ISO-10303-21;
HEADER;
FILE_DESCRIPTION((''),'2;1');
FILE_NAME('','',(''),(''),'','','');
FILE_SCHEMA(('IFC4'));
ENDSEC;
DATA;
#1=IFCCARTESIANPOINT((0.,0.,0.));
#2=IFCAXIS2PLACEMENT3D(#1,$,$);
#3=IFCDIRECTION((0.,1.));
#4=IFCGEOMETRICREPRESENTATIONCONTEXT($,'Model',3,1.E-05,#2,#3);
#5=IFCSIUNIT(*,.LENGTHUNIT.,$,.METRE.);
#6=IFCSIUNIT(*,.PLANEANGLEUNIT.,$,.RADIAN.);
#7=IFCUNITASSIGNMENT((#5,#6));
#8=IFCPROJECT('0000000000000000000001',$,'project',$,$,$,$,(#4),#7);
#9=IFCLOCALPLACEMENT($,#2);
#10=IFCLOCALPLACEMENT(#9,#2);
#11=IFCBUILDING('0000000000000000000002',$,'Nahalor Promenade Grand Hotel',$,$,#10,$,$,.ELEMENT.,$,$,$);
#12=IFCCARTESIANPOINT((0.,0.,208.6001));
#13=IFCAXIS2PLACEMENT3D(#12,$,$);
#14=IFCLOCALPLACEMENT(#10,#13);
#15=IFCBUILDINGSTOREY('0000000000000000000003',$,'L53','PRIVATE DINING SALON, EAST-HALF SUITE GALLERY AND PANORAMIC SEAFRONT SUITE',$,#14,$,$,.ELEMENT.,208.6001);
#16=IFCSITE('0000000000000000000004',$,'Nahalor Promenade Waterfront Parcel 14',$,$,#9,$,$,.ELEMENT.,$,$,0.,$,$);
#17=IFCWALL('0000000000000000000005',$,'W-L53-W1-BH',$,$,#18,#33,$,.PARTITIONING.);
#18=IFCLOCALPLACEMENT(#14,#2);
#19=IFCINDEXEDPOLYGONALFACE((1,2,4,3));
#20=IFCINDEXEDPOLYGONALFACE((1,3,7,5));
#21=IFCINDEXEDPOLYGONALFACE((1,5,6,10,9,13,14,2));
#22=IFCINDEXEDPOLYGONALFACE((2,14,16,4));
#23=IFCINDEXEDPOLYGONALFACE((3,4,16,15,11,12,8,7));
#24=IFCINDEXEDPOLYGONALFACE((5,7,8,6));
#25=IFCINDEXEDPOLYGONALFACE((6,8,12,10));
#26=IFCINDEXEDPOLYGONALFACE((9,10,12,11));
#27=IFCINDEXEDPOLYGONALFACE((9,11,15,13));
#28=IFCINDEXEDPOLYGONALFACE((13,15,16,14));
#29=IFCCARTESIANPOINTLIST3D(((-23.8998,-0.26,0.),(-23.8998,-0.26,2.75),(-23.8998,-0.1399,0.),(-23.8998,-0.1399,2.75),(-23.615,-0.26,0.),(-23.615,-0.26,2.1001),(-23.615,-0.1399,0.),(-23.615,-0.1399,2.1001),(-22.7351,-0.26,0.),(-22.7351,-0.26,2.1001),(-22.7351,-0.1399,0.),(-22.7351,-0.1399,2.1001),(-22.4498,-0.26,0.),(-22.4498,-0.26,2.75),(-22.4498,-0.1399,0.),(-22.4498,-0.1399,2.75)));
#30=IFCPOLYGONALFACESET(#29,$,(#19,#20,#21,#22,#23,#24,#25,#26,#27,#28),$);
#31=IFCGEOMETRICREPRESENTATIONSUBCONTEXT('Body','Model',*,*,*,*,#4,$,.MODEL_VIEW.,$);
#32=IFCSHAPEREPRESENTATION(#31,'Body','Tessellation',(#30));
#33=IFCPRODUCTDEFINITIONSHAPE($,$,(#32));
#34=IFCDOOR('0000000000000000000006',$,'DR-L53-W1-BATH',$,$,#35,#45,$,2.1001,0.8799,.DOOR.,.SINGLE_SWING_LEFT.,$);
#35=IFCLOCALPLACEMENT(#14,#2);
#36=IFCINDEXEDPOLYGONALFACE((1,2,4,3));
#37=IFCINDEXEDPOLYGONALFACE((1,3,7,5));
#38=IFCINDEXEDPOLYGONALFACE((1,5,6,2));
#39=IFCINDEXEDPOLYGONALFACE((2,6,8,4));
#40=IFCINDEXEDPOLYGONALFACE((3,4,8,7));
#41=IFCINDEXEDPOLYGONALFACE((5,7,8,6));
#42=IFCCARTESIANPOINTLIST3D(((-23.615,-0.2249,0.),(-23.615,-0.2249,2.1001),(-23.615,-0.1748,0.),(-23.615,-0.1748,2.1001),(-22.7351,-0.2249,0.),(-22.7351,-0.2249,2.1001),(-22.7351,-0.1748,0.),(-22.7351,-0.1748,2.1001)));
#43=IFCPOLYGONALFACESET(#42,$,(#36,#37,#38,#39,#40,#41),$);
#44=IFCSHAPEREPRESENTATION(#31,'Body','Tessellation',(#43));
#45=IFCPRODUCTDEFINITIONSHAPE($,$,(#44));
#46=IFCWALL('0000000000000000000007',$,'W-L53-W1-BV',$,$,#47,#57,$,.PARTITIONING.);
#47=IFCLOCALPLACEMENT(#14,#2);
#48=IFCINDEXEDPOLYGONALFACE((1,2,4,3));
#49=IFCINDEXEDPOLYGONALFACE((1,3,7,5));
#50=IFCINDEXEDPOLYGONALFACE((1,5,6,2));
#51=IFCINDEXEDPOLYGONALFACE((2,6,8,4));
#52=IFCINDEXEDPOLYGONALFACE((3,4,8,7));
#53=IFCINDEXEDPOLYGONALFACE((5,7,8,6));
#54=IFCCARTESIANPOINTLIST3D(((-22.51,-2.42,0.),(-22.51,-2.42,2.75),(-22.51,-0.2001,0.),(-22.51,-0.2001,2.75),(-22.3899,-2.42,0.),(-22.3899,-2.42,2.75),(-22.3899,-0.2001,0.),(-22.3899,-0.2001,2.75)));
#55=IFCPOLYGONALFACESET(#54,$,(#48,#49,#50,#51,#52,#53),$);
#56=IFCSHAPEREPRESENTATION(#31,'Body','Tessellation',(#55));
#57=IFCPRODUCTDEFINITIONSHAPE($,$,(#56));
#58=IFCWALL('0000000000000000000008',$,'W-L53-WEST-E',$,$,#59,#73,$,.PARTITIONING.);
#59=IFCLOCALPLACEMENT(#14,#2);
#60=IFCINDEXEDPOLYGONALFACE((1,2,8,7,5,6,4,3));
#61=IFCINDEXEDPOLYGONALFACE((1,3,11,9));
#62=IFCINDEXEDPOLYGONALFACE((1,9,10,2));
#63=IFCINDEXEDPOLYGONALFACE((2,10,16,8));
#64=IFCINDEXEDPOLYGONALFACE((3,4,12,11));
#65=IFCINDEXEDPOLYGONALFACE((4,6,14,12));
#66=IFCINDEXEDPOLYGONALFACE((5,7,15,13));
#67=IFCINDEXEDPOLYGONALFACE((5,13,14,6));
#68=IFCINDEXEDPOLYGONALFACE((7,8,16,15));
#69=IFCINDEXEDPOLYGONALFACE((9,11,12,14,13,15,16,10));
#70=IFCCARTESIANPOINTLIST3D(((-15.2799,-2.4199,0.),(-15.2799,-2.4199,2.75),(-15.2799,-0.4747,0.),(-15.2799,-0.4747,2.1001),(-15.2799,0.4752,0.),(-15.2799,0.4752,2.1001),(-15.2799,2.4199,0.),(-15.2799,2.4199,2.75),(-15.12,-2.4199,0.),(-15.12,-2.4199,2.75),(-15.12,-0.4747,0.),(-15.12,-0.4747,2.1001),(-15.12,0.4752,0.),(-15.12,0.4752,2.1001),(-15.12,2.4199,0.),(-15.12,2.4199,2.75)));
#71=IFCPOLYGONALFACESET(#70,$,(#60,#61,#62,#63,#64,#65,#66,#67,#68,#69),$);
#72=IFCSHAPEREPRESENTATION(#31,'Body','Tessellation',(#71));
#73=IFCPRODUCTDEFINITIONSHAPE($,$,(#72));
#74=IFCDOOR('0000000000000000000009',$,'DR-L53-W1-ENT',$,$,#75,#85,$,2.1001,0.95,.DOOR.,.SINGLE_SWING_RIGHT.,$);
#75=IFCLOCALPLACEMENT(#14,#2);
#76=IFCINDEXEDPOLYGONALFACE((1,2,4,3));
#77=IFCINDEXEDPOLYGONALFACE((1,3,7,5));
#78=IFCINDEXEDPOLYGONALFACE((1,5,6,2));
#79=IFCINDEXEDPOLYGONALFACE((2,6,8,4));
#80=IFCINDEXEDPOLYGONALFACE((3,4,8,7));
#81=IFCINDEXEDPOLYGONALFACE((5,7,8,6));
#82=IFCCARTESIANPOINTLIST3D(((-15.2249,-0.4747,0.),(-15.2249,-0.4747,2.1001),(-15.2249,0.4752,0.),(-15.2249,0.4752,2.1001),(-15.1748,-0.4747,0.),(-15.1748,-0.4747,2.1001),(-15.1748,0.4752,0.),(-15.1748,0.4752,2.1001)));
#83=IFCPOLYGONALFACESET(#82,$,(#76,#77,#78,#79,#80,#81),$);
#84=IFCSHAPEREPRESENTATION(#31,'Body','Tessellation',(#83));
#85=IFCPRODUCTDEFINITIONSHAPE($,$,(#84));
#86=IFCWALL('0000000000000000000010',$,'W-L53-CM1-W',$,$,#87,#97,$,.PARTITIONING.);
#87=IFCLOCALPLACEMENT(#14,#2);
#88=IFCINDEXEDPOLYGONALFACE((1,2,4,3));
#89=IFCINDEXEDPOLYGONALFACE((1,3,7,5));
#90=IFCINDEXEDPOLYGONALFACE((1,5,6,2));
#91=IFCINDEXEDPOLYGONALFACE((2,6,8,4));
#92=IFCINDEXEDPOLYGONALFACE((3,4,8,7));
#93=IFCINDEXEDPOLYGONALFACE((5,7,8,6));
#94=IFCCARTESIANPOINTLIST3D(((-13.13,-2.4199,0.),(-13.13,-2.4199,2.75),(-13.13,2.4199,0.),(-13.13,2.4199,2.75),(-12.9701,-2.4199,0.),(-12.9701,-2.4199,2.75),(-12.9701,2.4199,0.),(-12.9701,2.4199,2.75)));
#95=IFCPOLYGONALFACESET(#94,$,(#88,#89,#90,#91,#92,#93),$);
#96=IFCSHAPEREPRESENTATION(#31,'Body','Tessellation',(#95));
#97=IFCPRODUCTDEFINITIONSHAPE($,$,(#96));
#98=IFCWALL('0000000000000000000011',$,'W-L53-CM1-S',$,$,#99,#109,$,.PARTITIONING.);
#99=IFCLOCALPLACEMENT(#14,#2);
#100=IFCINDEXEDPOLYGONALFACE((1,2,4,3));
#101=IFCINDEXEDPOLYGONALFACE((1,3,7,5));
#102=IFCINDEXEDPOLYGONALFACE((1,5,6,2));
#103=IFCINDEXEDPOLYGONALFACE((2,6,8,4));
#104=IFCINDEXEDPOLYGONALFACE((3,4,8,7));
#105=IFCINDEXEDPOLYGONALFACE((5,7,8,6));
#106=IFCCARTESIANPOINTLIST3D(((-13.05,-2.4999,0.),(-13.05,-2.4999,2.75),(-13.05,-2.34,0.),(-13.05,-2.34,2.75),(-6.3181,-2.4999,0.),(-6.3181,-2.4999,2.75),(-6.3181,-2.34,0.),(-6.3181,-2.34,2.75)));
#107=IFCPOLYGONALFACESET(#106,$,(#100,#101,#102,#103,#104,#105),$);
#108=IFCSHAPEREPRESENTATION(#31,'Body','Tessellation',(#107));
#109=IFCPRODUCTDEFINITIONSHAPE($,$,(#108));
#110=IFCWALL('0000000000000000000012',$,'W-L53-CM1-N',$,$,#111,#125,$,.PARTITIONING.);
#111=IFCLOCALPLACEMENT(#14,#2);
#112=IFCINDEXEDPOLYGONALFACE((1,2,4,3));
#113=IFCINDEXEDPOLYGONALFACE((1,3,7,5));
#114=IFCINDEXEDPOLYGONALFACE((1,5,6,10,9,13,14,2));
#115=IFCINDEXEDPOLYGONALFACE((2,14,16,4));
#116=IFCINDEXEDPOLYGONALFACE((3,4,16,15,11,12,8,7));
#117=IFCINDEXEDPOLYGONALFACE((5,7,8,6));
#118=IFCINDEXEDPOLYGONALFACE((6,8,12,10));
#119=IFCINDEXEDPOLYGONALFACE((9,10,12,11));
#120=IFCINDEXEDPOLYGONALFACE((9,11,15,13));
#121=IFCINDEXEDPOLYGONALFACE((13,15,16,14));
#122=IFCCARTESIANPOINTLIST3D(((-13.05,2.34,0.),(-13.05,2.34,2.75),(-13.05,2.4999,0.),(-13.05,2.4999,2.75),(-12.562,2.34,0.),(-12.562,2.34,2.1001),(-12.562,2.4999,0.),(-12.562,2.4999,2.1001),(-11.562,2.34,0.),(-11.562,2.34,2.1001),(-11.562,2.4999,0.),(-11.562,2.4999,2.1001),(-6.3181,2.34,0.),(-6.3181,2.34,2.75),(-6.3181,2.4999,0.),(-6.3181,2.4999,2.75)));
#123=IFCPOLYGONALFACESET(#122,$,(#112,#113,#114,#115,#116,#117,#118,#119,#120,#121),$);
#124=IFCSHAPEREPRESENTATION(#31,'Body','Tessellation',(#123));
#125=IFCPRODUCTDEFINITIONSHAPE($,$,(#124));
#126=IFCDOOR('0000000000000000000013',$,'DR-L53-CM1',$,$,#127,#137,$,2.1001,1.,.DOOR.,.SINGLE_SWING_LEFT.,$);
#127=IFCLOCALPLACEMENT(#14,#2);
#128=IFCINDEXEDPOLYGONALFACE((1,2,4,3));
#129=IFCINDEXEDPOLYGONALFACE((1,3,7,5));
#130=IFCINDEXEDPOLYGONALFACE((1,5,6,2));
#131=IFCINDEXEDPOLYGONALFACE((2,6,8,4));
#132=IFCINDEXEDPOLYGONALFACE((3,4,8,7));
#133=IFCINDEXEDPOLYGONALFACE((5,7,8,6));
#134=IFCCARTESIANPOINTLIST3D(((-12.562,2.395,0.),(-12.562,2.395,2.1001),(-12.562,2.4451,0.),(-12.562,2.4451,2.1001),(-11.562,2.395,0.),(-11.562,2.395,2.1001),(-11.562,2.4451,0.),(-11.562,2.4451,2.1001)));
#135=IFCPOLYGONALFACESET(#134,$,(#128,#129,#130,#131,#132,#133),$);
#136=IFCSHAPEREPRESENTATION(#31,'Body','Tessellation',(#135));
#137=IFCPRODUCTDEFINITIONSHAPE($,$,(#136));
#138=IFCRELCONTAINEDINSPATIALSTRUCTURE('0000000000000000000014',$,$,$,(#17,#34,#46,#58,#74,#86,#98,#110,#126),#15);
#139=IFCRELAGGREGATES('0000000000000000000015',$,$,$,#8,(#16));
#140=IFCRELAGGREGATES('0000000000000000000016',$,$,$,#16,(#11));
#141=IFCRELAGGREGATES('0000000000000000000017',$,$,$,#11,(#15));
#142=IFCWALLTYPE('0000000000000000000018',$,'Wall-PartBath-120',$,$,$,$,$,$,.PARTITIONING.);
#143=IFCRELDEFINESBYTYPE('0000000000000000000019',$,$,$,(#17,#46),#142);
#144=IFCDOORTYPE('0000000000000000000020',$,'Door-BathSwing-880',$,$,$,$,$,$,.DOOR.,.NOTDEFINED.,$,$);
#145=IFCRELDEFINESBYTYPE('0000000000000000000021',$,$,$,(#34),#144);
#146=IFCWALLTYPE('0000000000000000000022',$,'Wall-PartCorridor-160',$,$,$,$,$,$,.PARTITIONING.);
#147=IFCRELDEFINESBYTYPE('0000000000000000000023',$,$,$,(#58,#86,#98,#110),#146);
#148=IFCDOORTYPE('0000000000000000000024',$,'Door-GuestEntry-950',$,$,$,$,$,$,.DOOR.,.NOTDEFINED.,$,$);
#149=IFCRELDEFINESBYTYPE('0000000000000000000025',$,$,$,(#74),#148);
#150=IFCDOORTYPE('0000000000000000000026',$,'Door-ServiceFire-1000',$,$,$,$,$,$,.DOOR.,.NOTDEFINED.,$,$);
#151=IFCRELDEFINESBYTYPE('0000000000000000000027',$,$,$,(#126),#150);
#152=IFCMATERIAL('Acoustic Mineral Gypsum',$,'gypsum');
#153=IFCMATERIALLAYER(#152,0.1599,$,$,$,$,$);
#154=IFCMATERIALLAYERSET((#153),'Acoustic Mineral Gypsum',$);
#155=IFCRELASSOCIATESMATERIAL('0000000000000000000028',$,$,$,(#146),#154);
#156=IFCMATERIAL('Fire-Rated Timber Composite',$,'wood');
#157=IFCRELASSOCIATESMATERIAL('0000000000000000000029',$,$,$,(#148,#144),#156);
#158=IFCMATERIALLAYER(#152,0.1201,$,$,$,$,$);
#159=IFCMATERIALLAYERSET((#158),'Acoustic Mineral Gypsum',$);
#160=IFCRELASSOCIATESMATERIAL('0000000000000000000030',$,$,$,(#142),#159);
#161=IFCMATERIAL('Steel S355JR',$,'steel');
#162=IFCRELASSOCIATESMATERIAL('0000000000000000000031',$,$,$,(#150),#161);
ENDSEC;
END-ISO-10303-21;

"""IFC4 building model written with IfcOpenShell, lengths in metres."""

from ifc_helpers import new_model, si_unit, direction, frame, frame_2d, origin, place, context, subcontext, project, spatial, rectangle, extrude, source, transform, mapped, material, layer, layer_set, type_object, element, fill, save


model = new_model("IFC4")

# Units and contexts
model_context = context("Model", 3, precision=1e-05, world=origin(), true_north=direction((0.0, 1.0)))
body_context = subcontext(model_context, "Body", "Model", "MODEL_VIEW")
ifc_project = project(units=[si_unit("LENGTHUNIT", "METRE"), si_unit("PLANEANGLEUNIT", "RADIAN")], contexts=[model_context])

# Site, building, storey
site_placement = place(None, origin())
site = spatial("IfcSite", under=ifc_project, at=site_placement, Name="Nahalor Promenade Waterfront Parcel 14", CompositionType="ELEMENT", RefElevation=0.0)
building_placement = place(site_placement, origin())
building = spatial("IfcBuilding", under=site, at=building_placement, Name="Nahalor Promenade Grand Hotel", CompositionType="ELEMENT")
storey_placement = place(building_placement, frame((0.0, 0.0, 208.6001)))
storey = spatial("IfcBuildingStorey", under=building, at=storey_placement, Name="L53", Description="PRIVATE DINING SALON, EAST-HALF SUITE GALLERY AND PANORAMIC SEAFRONT SUITE", CompositionType="ELEMENT", Elevation=208.6001)

# Shared definitions
ifc_material_1 = material(Name="Steel S355JR", Category="steel")

# Shared definitions
ifc_material_2 = material(Name="Acoustic Mineral Gypsum", Category="gypsum")
ifc_layer_1 = layer(ifc_material_2, 0.1599)
ifc_layer_set_1 = layer_set([ifc_layer_1], Name="Acoustic Mineral Gypsum")
wall_type_1 = type_object("IfcWallType", Name="Wall-PartCorridor-160", PredefinedType="PARTITIONING", material=ifc_layer_set_1)
ifc_material_3 = material(Name="Fire-Rated Timber Composite", Category="wood")
door_type_1 = type_object("IfcDoorType", Name="Door-GuestEntry-950", OperationType="NOTDEFINED", PredefinedType="DOOR", material=ifc_material_3)
shared_shape_1 = source(origin(), body_context, "Body", "SweptSolid", [
    extrude(rectangle(XDim=0.95, YDim=2.1001, at=frame_2d((0.4751, 1.05))), frame((0.0, 0.0249, 0.0), z_axis=(0.0, -1.0, 0.0), x_axis=(1.0, 0.0, 0.0)), (0.0, 0.0, 1.0), 0.05),
])

# Wall, opening, door
ifc_layer_2 = layer(ifc_material_2, 0.1201)
ifc_layer_set_2 = layer_set([ifc_layer_2], Name="Acoustic Mineral Gypsum")
wall_type_2 = type_object("IfcWallType", Name="Wall-PartBath-120", PredefinedType="PARTITIONING", material=ifc_layer_set_2)
shared_shape_2 = source(origin(), body_context, "Body", "SweptSolid", [
    extrude(rectangle(XDim=1.45, YDim=0.1201, at=frame_2d((0.7251, 0.0))), origin(), (0.0, 0.0, 1.0), 2.75),
])
wall_1_placement = place(storey_placement, frame((-23.8999, -0.2, 0.0), z_axis=(0.0, 0.0, 1.0), x_axis=(1.0, 0.0, 0.0)))
wall_1 = element("IfcWall", 1, at=wall_1_placement, inside=storey, type_object=wall_type_2, Name="W-L53-W1-BH", PredefinedType="PARTITIONING", context=body_context, shape_type="MappedRepresentation", body=[
    mapped(shared_shape_2, transform((0.0, 0.0, 0.0), scale=1.0)),
])
opening_1_placement = place(wall_1_placement, frame((0.2849, 0.0, 0.0)))
opening_1 = element("IfcOpeningElement", 2, at=opening_1_placement, cuts=wall_1, PredefinedType="OPENING", context=body_context, shape_type="SweptSolid", body=[
    extrude(rectangle(XDim=0.8799, YDim=2.1001, at=frame_2d((0.4399, 1.05))), frame((0.0, 0.0701, 0.0), z_axis=(0.0, -1.0, 0.0), x_axis=(1.0, 0.0, 0.0)), (0.0, 0.0, 1.0), 0.1401),
])
door_type_2 = type_object("IfcDoorType", Name="Door-BathSwing-880", OperationType="NOTDEFINED", PredefinedType="DOOR", material=ifc_material_3)
shared_shape_3 = source(origin(), body_context, "Body", "SweptSolid", [
    extrude(rectangle(XDim=0.8799, YDim=2.1001, at=frame_2d((0.4399, 1.05))), frame((0.0, 0.0249, 0.0), z_axis=(0.0, -1.0, 0.0), x_axis=(1.0, 0.0, 0.0)), (0.0, 0.0, 1.0), 0.05),
])
door_1_placement = place(opening_1_placement, frame((0.8799, 0.0, 0.0), z_axis=(0.0, 0.0, 1.0), x_axis=(-1.0, 0.0, 0.0)))
door_1 = element("IfcDoor", 3, at=door_1_placement, inside=storey, type_object=door_type_2, Name="DR-L53-W1-BATH", OperationType="SINGLE_SWING_LEFT", OverallHeight=2.1001, OverallWidth=0.8799, PredefinedType="DOOR", context=body_context, shape_type="MappedRepresentation", body=[
    mapped(shared_shape_3, transform((0.0, 0.0, 0.0), scale=1.0)),
])
fill(opening_1, door_1)

# Wall
shared_shape_4 = source(origin(), body_context, "Body", "SweptSolid", [
    extrude(rectangle(XDim=2.22, YDim=0.1201, at=frame_2d((1.1099, 0.0))), origin(), (0.0, 0.0, 1.0), 2.75),
])
wall_2_placement = place(storey_placement, frame((-22.45, -2.4199, 0.0), z_axis=(0.0, 0.0, 1.0), x_axis=(0.0, 1.0, 0.0)))
element("IfcWall", 4, at=wall_2_placement, inside=storey, type_object=wall_type_2, Name="W-L53-W1-BV", PredefinedType="PARTITIONING", context=body_context, shape_type="MappedRepresentation", body=[
    mapped(shared_shape_4, transform((0.0, 0.0, 0.0), scale=1.0)),
])

# Wall, opening, door
shared_shape_5 = source(origin(), body_context, "Body", "SweptSolid", [
    extrude(rectangle(XDim=4.8398, YDim=0.1599, at=frame_2d((2.4199, 0.0))), origin(), (0.0, 0.0, 1.0), 2.75),
])
wall_3_placement = place(storey_placement, frame((-15.2, -2.4199, 0.0), z_axis=(0.0, 0.0, 1.0), x_axis=(0.0, 1.0, 0.0)))
wall_3 = element("IfcWall", 5, at=wall_3_placement, inside=storey, type_object=wall_type_1, Name="W-L53-WEST-E", PredefinedType="PARTITIONING", context=body_context, shape_type="MappedRepresentation", body=[
    mapped(shared_shape_5, transform((0.0, 0.0, 0.0), scale=1.0)),
])
opening_2_placement = place(wall_3_placement, frame((1.9451, 0.0, 0.0)))
opening_2 = element("IfcOpeningElement", 6, at=opening_2_placement, cuts=wall_3, PredefinedType="OPENING", context=body_context, shape_type="SweptSolid", body=[
    extrude(rectangle(XDim=0.95, YDim=2.1001, at=frame_2d((0.4751, 1.05))), frame((0.0, 0.0898, 0.0), z_axis=(0.0, -1.0, 0.0), x_axis=(1.0, 0.0, 0.0)), (0.0, 0.0, 1.0), 0.1799),
])
door_2_placement = place(opening_2_placement, origin())
door_2 = element("IfcDoor", 7, at=door_2_placement, inside=storey, type_object=door_type_1, Name="DR-L53-W1-ENT", OperationType="SINGLE_SWING_RIGHT", OverallHeight=2.1001, OverallWidth=0.95, PredefinedType="DOOR", context=body_context, shape_type="MappedRepresentation", body=[
    mapped(shared_shape_1, transform((0.0, 0.0, 0.0), scale=1.0)),
])
fill(opening_2, door_2)

# Walls
wall_4_placement = place(storey_placement, frame((-13.05, -2.4199, 0.0), z_axis=(0.0, 0.0, 1.0), x_axis=(0.0, 1.0, 0.0)))
element("IfcWall", 8, at=wall_4_placement, inside=storey, type_object=wall_type_1, Name="W-L53-CM1-W", PredefinedType="PARTITIONING", context=body_context, shape_type="MappedRepresentation", body=[
    mapped(shared_shape_5, transform((0.0, 0.0, 0.0), scale=1.0)),
])
shared_shape_6 = source(origin(), body_context, "Body", "SweptSolid", [
    extrude(rectangle(XDim=6.7319, YDim=0.1599, at=frame_2d((3.366, 0.0))), origin(), (0.0, 0.0, 1.0), 2.75),
])
wall_5_placement = place(storey_placement, frame((-13.05, -2.4199, 0.0), z_axis=(0.0, 0.0, 1.0), x_axis=(1.0, 0.0, 0.0)))
element("IfcWall", 9, at=wall_5_placement, inside=storey, type_object=wall_type_1, Name="W-L53-CM1-S", PredefinedType="PARTITIONING", context=body_context, shape_type="MappedRepresentation", body=[
    mapped(shared_shape_6, transform((0.0, 0.0, 0.0), scale=1.0)),
])

# Wall, opening, door
wall_6_placement = place(storey_placement, frame((-13.05, 2.4199, 0.0), z_axis=(0.0, 0.0, 1.0), x_axis=(1.0, 0.0, 0.0)))
wall_6 = element("IfcWall", 10, at=wall_6_placement, inside=storey, type_object=wall_type_1, Name="W-L53-CM1-N", PredefinedType="PARTITIONING", context=body_context, shape_type="MappedRepresentation", body=[
    mapped(shared_shape_6, transform((0.0, 0.0, 0.0), scale=1.0)),
])
opening_3_placement = place(wall_6_placement, frame((0.488, 0.0, 0.0)))
opening_3 = element("IfcOpeningElement", 11, at=opening_3_placement, cuts=wall_6, PredefinedType="OPENING", context=body_context, shape_type="SweptSolid", body=[
    extrude(rectangle(XDim=1.0, YDim=2.1001, at=frame_2d((0.5, 1.05))), frame((0.0, 0.0898, 0.0), z_axis=(0.0, -1.0, 0.0), x_axis=(1.0, 0.0, 0.0)), (0.0, 0.0, 1.0), 0.1799),
])
door_type_3 = type_object("IfcDoorType", Name="Door-ServiceFire-1000", OperationType="NOTDEFINED", PredefinedType="DOOR", material=ifc_material_1)
shared_shape_7 = source(origin(), body_context, "Body", "SweptSolid", [
    extrude(rectangle(XDim=1.0, YDim=2.1001, at=frame_2d((0.5, 1.05))), frame((0.0, 0.0249, 0.0), z_axis=(0.0, -1.0, 0.0), x_axis=(1.0, 0.0, 0.0)), (0.0, 0.0, 1.0), 0.05),
])
door_3_placement = place(opening_3_placement, frame((1.0, 0.0, 0.0), z_axis=(0.0, 0.0, 1.0), x_axis=(-1.0, 0.0, 0.0)))
door_3 = element("IfcDoor", 12, at=door_3_placement, inside=storey, type_object=door_type_3, Name="DR-L53-CM1", OperationType="SINGLE_SWING_LEFT", OverallHeight=2.1001, OverallWidth=1.0, PredefinedType="DOOR", context=body_context, shape_type="MappedRepresentation", body=[
    mapped(shared_shape_7, transform((0.0, 0.0, 0.0), scale=1.0)),
])
fill(opening_3, door_3)

save(model, "model.ifc")
